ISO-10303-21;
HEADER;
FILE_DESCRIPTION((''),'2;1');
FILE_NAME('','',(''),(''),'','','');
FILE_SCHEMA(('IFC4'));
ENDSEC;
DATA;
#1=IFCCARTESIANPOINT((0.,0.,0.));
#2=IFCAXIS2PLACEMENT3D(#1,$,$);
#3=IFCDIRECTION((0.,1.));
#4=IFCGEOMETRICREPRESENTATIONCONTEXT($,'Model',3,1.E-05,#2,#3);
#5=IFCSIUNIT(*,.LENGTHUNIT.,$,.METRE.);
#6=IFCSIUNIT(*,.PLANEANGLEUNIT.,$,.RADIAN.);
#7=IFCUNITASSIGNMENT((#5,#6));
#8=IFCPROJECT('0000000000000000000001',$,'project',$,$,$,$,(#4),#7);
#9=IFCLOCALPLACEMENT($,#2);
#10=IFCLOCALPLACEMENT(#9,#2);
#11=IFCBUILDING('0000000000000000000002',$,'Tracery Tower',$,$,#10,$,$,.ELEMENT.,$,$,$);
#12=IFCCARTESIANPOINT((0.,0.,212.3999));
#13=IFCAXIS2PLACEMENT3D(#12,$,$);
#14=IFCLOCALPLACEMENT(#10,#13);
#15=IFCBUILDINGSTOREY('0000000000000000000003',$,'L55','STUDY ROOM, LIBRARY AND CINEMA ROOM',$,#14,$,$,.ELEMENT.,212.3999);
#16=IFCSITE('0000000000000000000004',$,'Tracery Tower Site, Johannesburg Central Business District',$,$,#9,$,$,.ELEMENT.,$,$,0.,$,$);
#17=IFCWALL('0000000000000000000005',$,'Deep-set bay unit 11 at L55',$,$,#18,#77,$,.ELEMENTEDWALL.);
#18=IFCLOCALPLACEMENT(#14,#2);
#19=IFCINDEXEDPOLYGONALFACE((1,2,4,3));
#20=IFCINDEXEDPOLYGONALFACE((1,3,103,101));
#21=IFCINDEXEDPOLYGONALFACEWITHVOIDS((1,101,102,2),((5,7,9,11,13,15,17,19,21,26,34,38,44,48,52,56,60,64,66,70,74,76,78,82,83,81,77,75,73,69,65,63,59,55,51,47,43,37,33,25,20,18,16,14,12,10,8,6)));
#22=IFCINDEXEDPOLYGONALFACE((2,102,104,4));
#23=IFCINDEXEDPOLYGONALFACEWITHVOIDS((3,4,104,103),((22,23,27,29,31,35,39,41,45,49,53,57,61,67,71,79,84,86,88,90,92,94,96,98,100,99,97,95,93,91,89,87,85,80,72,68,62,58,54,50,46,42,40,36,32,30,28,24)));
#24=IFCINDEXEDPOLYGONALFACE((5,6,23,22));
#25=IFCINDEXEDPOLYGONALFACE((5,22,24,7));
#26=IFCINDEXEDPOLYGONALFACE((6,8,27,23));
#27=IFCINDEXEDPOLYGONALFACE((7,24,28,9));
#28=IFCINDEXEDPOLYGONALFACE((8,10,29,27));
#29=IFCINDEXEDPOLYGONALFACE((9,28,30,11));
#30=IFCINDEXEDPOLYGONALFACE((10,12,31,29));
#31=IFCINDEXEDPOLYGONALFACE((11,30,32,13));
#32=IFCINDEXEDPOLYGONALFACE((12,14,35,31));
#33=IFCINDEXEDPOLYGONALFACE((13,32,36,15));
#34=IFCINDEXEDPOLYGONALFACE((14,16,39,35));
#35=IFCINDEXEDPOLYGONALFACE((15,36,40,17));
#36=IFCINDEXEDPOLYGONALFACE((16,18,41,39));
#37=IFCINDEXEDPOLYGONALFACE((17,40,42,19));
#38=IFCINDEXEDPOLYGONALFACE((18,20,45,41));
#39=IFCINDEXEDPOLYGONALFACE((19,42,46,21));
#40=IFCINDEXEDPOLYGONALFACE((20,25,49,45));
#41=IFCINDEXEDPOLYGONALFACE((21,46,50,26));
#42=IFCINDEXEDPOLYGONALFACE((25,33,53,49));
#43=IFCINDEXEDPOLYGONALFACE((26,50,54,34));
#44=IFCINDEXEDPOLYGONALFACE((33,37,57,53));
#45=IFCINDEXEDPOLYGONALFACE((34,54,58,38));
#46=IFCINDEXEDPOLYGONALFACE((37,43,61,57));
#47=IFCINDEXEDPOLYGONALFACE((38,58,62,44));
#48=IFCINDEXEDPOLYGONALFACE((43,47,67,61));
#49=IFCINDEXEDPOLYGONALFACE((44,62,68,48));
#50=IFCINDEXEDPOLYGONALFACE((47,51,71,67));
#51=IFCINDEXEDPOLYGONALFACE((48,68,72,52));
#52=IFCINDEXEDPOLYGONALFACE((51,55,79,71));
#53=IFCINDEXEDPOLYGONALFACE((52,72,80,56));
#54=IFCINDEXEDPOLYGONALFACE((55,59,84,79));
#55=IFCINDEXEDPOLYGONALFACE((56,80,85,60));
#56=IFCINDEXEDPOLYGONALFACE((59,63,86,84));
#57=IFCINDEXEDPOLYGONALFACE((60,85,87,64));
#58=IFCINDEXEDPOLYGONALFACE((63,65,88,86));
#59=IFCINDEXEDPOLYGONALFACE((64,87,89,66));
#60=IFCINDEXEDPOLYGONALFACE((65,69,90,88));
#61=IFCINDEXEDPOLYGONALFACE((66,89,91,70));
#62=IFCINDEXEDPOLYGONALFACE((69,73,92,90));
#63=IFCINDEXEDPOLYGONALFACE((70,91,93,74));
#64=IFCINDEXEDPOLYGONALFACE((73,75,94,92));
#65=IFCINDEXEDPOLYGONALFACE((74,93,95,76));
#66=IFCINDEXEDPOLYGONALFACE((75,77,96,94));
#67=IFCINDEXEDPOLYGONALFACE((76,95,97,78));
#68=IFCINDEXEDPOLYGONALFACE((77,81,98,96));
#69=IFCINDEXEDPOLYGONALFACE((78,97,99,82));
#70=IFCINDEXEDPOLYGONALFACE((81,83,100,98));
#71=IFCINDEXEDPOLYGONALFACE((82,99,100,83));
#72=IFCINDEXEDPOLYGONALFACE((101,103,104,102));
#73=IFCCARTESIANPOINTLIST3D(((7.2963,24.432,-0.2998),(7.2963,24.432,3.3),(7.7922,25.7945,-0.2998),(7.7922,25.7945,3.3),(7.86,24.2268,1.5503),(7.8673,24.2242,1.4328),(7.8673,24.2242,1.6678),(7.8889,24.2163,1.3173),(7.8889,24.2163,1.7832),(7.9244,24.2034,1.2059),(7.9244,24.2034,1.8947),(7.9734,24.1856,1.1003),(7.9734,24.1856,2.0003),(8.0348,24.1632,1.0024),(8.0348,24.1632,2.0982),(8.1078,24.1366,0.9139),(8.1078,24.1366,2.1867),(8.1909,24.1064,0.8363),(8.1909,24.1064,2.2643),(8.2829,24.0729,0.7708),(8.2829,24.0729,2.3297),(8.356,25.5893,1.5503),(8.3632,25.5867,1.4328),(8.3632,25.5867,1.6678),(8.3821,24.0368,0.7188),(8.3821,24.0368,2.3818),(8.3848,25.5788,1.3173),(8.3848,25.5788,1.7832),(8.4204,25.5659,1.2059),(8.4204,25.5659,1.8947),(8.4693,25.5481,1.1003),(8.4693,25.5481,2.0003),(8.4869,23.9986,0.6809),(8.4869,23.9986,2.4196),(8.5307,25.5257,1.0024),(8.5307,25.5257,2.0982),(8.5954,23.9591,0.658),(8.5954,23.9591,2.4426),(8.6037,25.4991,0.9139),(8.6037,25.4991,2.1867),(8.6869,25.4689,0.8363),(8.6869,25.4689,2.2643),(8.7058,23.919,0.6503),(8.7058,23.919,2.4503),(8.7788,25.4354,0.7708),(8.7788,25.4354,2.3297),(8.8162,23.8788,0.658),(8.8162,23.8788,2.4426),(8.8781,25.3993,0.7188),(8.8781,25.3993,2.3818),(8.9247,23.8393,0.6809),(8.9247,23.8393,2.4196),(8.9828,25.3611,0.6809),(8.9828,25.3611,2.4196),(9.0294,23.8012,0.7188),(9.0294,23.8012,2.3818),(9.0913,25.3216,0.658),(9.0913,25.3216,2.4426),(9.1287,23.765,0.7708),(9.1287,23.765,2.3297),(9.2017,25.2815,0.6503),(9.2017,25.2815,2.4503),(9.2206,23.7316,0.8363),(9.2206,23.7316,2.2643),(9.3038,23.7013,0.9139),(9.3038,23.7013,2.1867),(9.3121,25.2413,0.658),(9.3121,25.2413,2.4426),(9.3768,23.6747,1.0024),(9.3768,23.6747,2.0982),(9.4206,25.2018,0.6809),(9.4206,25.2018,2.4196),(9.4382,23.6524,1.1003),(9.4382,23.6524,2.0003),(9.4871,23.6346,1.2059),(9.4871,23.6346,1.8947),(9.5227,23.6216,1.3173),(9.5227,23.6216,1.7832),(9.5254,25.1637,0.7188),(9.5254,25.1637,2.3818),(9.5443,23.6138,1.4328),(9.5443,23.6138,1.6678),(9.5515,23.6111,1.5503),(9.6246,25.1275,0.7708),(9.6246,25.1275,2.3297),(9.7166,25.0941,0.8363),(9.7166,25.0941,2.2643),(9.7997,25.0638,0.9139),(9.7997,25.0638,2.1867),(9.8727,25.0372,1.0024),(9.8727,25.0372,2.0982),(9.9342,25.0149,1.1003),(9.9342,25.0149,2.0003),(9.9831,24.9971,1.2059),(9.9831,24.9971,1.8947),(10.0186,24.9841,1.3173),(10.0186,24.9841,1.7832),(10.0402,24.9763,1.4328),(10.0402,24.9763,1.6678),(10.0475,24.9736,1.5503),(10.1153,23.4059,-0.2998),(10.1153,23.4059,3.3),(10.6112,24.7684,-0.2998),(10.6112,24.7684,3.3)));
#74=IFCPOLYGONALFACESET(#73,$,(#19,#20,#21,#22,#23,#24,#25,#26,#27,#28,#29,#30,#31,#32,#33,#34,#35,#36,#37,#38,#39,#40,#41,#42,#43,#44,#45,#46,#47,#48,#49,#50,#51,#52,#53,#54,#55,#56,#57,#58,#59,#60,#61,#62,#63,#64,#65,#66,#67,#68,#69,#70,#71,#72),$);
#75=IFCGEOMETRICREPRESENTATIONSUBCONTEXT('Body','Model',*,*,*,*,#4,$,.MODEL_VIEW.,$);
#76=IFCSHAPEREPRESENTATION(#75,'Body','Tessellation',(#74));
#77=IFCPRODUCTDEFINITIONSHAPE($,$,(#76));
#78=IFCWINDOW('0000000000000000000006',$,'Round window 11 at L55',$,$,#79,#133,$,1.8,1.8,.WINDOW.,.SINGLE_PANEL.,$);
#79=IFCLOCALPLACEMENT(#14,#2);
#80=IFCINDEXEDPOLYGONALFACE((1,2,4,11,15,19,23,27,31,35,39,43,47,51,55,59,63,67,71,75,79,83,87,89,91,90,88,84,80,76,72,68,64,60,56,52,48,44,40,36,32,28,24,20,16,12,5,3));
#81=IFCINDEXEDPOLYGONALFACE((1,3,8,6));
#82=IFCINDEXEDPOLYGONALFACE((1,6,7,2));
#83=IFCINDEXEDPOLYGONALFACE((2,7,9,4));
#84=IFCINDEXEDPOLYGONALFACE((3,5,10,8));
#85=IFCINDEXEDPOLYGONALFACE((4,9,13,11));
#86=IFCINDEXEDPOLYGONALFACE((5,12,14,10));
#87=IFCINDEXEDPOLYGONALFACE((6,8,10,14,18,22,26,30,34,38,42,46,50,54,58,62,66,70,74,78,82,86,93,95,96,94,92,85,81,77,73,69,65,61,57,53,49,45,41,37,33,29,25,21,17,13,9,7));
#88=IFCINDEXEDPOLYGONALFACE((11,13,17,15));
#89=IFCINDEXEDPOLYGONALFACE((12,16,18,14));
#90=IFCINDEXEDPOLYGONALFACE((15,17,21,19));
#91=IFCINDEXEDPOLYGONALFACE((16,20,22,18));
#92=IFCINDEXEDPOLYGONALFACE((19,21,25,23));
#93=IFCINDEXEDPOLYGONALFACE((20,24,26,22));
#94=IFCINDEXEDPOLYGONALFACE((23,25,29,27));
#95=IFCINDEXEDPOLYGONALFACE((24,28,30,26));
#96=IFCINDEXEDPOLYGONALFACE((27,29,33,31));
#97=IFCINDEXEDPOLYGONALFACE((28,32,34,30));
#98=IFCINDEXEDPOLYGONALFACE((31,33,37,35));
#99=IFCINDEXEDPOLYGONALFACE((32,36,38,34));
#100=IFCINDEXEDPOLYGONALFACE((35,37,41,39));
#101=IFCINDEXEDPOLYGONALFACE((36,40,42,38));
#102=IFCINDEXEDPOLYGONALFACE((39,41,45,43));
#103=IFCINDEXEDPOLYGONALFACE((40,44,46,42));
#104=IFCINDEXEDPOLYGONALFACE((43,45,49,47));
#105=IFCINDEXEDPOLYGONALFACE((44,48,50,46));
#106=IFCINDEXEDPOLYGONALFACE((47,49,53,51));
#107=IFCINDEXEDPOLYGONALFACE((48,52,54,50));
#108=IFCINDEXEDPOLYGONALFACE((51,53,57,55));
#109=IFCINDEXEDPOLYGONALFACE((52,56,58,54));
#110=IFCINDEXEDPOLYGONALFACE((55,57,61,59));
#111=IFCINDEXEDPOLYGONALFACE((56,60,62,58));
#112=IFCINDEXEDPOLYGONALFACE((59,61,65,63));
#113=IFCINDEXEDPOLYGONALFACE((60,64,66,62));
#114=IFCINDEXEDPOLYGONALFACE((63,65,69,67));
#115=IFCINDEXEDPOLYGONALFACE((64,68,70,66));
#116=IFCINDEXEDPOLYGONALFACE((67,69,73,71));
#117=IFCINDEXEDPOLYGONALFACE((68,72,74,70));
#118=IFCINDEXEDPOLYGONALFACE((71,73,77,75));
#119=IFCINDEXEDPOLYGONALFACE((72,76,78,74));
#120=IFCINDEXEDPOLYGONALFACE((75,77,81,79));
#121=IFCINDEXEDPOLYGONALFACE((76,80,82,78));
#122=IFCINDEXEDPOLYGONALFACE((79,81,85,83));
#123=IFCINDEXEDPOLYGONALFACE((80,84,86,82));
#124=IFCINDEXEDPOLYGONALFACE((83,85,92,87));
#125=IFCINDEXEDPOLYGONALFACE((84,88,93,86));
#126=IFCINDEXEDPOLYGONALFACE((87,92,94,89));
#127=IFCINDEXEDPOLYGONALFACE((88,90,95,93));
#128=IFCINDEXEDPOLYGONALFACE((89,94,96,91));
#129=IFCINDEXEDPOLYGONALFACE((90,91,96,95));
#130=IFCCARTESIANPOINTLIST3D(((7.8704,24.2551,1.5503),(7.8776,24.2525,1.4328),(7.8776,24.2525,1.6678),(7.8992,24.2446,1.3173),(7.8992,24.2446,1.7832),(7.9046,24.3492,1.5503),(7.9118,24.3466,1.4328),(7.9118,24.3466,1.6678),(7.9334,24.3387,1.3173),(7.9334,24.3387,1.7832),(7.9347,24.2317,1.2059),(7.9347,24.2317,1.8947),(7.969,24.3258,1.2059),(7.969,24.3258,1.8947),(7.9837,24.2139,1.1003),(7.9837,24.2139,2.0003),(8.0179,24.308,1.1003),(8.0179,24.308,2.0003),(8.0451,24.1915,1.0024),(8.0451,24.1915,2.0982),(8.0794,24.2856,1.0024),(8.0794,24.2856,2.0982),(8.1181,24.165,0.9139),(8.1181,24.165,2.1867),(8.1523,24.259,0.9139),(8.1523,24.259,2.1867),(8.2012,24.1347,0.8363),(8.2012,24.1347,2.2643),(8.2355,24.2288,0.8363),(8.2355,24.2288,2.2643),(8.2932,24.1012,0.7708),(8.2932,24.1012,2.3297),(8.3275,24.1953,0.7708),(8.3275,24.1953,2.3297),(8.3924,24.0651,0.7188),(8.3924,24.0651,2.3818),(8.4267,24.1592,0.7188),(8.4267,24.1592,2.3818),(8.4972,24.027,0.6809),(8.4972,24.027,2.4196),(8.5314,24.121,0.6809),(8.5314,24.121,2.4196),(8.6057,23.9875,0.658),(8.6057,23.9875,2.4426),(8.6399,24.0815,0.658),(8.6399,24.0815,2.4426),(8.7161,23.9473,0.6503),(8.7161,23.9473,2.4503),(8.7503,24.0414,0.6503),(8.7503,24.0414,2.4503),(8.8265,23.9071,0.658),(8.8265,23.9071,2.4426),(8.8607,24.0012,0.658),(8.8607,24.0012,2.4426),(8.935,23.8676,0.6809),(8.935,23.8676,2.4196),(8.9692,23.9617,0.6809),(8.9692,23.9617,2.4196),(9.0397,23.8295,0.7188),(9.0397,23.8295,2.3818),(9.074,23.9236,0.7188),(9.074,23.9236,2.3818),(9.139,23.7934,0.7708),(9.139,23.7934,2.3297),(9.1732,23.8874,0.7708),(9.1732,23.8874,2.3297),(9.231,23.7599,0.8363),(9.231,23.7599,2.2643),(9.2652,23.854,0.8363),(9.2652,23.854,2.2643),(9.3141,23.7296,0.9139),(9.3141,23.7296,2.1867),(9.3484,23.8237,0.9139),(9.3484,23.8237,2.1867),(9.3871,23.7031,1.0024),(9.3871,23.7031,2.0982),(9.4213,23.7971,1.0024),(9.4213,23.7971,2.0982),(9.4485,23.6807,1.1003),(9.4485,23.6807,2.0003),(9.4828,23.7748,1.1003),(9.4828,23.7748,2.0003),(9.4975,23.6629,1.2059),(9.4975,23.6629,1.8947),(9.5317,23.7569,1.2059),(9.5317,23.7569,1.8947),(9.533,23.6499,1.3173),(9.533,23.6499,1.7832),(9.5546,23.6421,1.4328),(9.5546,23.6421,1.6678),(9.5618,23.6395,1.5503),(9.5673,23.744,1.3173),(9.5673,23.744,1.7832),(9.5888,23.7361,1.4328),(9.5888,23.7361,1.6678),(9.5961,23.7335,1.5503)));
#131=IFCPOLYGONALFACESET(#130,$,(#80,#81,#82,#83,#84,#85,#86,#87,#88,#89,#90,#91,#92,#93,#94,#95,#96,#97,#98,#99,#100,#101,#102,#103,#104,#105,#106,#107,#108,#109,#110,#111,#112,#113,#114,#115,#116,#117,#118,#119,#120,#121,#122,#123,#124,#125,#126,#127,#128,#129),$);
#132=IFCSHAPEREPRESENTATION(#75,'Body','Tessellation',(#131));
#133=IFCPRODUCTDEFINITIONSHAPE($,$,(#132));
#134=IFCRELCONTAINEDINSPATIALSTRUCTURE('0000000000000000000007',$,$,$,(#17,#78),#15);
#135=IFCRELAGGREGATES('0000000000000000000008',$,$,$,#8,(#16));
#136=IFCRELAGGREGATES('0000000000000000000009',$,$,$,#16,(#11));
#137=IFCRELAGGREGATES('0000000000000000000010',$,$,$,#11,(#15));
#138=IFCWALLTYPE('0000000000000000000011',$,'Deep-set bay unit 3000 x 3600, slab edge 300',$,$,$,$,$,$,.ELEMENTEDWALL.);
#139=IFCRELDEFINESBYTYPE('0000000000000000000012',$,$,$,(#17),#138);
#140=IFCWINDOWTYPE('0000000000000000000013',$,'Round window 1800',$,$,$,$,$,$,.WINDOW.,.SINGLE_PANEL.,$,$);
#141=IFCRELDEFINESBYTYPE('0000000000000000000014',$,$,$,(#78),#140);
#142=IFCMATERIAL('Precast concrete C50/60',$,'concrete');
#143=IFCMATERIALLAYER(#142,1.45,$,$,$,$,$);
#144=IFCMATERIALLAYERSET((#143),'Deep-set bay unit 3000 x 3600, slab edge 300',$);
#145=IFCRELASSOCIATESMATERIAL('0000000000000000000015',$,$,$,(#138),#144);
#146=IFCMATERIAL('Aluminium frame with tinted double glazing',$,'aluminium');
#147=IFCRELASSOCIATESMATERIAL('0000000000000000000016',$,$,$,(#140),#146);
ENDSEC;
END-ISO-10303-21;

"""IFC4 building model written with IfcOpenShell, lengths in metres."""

from ifc_helpers import new_model, si_unit, direction, frame, frame_2d, origin, origin_2d, place, context, subcontext, project, spatial, rectangle, circle, extrude, material, layer, layer_set, type_object, element, fill, save


model = new_model("IFC4")

# Units and contexts
model_context = context("Model", 3, precision=1e-05, world=origin(), true_north=direction((0.0, 1.0)))
body_context = subcontext(model_context, "Body", "Model", "MODEL_VIEW")
ifc_project = project(units=[si_unit("LENGTHUNIT", "METRE"), si_unit("PLANEANGLEUNIT", "RADIAN")], contexts=[model_context])

# Site, building, storey
site_placement = place(None, origin())
site = spatial("IfcSite", under=ifc_project, at=site_placement, Name="Tracery Tower Site, Johannesburg Central Business District", CompositionType="ELEMENT", RefElevation=0.0)
building_placement = place(site_placement, origin())
building = spatial("IfcBuilding", under=site, at=building_placement, Name="Tracery Tower", CompositionType="ELEMENT")
storey_placement = place(building_placement, frame((0.0, 0.0, 212.3999)))
storey = spatial("IfcBuildingStorey", under=building, at=storey_placement, Name="L55", Description="STUDY ROOM, LIBRARY AND CINEMA ROOM", CompositionType="ELEMENT", Elevation=212.3999)

# Wall, opening, window
ifc_material_1 = material(Name="Precast concrete C50/60", Category="concrete")
ifc_layer_1 = layer(ifc_material_1, 1.45)
ifc_layer_set_1 = layer_set([ifc_layer_1], Name="Deep-set bay unit 3000 x 3600, slab edge 300")
wall_type_1 = type_object("IfcWallType", Name="Deep-set bay unit 3000 x 3600, slab edge 300", PredefinedType="ELEMENTEDWALL", material=ifc_layer_set_1)
ifc_material_2 = material(Name="Aluminium frame with tinted double glazing", Category="aluminium")
window_type = type_object("IfcWindowType", Name="Round window 1800", PartitioningType="SINGLE_PANEL", PredefinedType="WINDOW", material=ifc_material_2)
wall_1_placement = place(storey_placement, frame((10.3633, 24.0872, -0.2998), z_axis=(0.0, 0.0, 1.0), x_axis=(-0.939686, 0.342037, 0.0)))
wall_1 = element("IfcWall", 1, at=wall_1_placement, inside=storey, type_object=wall_type_1, Name="Deep-set bay unit 11 at L55", PredefinedType="ELEMENTEDWALL", context=body_context, shape_type="SweptSolid", body=[
    extrude(rectangle(XDim=3.0, YDim=1.45, at=frame_2d((1.5, 0.0))), origin(), (0.0, 0.0, 1.0), 3.5999),
])
opening_1_placement = place(wall_1_placement, frame((1.5, 0.0, 1.8501)))
opening_1 = element("IfcOpeningElement", 2, at=opening_1_placement, cuts=wall_1, PredefinedType="OPENING", context=body_context, shape_type="SweptSolid", body=[
    extrude(circle(Radius=0.9, at=origin_2d()), frame((0.0, 0.7349, 0.0), z_axis=(0.0, -1.0, 0.0), x_axis=(1.0, 0.0, 0.0)), (0.0, 0.0, 1.0), 1.47),
])
window_1_placement = place(opening_1_placement, origin())
window_1 = element("IfcWindow", 3, at=window_1_placement, inside=storey, type_object=window_type, Name="Round window 11 at L55", OverallHeight=1.8, OverallWidth=1.8, PartitioningType="SINGLE_PANEL", PredefinedType="WINDOW", context=body_context, shape_type="SweptSolid", body=[
    extrude(circle(Radius=0.9, at=origin_2d()), frame((0.0, 0.6948, 0.0), z_axis=(0.0, -1.0, 0.0), x_axis=(1.0, 0.0, 0.0)), (0.0, 0.0, 1.0), 0.1001),
])
fill(opening_1, window_1)

save(model, "model.ifc")
